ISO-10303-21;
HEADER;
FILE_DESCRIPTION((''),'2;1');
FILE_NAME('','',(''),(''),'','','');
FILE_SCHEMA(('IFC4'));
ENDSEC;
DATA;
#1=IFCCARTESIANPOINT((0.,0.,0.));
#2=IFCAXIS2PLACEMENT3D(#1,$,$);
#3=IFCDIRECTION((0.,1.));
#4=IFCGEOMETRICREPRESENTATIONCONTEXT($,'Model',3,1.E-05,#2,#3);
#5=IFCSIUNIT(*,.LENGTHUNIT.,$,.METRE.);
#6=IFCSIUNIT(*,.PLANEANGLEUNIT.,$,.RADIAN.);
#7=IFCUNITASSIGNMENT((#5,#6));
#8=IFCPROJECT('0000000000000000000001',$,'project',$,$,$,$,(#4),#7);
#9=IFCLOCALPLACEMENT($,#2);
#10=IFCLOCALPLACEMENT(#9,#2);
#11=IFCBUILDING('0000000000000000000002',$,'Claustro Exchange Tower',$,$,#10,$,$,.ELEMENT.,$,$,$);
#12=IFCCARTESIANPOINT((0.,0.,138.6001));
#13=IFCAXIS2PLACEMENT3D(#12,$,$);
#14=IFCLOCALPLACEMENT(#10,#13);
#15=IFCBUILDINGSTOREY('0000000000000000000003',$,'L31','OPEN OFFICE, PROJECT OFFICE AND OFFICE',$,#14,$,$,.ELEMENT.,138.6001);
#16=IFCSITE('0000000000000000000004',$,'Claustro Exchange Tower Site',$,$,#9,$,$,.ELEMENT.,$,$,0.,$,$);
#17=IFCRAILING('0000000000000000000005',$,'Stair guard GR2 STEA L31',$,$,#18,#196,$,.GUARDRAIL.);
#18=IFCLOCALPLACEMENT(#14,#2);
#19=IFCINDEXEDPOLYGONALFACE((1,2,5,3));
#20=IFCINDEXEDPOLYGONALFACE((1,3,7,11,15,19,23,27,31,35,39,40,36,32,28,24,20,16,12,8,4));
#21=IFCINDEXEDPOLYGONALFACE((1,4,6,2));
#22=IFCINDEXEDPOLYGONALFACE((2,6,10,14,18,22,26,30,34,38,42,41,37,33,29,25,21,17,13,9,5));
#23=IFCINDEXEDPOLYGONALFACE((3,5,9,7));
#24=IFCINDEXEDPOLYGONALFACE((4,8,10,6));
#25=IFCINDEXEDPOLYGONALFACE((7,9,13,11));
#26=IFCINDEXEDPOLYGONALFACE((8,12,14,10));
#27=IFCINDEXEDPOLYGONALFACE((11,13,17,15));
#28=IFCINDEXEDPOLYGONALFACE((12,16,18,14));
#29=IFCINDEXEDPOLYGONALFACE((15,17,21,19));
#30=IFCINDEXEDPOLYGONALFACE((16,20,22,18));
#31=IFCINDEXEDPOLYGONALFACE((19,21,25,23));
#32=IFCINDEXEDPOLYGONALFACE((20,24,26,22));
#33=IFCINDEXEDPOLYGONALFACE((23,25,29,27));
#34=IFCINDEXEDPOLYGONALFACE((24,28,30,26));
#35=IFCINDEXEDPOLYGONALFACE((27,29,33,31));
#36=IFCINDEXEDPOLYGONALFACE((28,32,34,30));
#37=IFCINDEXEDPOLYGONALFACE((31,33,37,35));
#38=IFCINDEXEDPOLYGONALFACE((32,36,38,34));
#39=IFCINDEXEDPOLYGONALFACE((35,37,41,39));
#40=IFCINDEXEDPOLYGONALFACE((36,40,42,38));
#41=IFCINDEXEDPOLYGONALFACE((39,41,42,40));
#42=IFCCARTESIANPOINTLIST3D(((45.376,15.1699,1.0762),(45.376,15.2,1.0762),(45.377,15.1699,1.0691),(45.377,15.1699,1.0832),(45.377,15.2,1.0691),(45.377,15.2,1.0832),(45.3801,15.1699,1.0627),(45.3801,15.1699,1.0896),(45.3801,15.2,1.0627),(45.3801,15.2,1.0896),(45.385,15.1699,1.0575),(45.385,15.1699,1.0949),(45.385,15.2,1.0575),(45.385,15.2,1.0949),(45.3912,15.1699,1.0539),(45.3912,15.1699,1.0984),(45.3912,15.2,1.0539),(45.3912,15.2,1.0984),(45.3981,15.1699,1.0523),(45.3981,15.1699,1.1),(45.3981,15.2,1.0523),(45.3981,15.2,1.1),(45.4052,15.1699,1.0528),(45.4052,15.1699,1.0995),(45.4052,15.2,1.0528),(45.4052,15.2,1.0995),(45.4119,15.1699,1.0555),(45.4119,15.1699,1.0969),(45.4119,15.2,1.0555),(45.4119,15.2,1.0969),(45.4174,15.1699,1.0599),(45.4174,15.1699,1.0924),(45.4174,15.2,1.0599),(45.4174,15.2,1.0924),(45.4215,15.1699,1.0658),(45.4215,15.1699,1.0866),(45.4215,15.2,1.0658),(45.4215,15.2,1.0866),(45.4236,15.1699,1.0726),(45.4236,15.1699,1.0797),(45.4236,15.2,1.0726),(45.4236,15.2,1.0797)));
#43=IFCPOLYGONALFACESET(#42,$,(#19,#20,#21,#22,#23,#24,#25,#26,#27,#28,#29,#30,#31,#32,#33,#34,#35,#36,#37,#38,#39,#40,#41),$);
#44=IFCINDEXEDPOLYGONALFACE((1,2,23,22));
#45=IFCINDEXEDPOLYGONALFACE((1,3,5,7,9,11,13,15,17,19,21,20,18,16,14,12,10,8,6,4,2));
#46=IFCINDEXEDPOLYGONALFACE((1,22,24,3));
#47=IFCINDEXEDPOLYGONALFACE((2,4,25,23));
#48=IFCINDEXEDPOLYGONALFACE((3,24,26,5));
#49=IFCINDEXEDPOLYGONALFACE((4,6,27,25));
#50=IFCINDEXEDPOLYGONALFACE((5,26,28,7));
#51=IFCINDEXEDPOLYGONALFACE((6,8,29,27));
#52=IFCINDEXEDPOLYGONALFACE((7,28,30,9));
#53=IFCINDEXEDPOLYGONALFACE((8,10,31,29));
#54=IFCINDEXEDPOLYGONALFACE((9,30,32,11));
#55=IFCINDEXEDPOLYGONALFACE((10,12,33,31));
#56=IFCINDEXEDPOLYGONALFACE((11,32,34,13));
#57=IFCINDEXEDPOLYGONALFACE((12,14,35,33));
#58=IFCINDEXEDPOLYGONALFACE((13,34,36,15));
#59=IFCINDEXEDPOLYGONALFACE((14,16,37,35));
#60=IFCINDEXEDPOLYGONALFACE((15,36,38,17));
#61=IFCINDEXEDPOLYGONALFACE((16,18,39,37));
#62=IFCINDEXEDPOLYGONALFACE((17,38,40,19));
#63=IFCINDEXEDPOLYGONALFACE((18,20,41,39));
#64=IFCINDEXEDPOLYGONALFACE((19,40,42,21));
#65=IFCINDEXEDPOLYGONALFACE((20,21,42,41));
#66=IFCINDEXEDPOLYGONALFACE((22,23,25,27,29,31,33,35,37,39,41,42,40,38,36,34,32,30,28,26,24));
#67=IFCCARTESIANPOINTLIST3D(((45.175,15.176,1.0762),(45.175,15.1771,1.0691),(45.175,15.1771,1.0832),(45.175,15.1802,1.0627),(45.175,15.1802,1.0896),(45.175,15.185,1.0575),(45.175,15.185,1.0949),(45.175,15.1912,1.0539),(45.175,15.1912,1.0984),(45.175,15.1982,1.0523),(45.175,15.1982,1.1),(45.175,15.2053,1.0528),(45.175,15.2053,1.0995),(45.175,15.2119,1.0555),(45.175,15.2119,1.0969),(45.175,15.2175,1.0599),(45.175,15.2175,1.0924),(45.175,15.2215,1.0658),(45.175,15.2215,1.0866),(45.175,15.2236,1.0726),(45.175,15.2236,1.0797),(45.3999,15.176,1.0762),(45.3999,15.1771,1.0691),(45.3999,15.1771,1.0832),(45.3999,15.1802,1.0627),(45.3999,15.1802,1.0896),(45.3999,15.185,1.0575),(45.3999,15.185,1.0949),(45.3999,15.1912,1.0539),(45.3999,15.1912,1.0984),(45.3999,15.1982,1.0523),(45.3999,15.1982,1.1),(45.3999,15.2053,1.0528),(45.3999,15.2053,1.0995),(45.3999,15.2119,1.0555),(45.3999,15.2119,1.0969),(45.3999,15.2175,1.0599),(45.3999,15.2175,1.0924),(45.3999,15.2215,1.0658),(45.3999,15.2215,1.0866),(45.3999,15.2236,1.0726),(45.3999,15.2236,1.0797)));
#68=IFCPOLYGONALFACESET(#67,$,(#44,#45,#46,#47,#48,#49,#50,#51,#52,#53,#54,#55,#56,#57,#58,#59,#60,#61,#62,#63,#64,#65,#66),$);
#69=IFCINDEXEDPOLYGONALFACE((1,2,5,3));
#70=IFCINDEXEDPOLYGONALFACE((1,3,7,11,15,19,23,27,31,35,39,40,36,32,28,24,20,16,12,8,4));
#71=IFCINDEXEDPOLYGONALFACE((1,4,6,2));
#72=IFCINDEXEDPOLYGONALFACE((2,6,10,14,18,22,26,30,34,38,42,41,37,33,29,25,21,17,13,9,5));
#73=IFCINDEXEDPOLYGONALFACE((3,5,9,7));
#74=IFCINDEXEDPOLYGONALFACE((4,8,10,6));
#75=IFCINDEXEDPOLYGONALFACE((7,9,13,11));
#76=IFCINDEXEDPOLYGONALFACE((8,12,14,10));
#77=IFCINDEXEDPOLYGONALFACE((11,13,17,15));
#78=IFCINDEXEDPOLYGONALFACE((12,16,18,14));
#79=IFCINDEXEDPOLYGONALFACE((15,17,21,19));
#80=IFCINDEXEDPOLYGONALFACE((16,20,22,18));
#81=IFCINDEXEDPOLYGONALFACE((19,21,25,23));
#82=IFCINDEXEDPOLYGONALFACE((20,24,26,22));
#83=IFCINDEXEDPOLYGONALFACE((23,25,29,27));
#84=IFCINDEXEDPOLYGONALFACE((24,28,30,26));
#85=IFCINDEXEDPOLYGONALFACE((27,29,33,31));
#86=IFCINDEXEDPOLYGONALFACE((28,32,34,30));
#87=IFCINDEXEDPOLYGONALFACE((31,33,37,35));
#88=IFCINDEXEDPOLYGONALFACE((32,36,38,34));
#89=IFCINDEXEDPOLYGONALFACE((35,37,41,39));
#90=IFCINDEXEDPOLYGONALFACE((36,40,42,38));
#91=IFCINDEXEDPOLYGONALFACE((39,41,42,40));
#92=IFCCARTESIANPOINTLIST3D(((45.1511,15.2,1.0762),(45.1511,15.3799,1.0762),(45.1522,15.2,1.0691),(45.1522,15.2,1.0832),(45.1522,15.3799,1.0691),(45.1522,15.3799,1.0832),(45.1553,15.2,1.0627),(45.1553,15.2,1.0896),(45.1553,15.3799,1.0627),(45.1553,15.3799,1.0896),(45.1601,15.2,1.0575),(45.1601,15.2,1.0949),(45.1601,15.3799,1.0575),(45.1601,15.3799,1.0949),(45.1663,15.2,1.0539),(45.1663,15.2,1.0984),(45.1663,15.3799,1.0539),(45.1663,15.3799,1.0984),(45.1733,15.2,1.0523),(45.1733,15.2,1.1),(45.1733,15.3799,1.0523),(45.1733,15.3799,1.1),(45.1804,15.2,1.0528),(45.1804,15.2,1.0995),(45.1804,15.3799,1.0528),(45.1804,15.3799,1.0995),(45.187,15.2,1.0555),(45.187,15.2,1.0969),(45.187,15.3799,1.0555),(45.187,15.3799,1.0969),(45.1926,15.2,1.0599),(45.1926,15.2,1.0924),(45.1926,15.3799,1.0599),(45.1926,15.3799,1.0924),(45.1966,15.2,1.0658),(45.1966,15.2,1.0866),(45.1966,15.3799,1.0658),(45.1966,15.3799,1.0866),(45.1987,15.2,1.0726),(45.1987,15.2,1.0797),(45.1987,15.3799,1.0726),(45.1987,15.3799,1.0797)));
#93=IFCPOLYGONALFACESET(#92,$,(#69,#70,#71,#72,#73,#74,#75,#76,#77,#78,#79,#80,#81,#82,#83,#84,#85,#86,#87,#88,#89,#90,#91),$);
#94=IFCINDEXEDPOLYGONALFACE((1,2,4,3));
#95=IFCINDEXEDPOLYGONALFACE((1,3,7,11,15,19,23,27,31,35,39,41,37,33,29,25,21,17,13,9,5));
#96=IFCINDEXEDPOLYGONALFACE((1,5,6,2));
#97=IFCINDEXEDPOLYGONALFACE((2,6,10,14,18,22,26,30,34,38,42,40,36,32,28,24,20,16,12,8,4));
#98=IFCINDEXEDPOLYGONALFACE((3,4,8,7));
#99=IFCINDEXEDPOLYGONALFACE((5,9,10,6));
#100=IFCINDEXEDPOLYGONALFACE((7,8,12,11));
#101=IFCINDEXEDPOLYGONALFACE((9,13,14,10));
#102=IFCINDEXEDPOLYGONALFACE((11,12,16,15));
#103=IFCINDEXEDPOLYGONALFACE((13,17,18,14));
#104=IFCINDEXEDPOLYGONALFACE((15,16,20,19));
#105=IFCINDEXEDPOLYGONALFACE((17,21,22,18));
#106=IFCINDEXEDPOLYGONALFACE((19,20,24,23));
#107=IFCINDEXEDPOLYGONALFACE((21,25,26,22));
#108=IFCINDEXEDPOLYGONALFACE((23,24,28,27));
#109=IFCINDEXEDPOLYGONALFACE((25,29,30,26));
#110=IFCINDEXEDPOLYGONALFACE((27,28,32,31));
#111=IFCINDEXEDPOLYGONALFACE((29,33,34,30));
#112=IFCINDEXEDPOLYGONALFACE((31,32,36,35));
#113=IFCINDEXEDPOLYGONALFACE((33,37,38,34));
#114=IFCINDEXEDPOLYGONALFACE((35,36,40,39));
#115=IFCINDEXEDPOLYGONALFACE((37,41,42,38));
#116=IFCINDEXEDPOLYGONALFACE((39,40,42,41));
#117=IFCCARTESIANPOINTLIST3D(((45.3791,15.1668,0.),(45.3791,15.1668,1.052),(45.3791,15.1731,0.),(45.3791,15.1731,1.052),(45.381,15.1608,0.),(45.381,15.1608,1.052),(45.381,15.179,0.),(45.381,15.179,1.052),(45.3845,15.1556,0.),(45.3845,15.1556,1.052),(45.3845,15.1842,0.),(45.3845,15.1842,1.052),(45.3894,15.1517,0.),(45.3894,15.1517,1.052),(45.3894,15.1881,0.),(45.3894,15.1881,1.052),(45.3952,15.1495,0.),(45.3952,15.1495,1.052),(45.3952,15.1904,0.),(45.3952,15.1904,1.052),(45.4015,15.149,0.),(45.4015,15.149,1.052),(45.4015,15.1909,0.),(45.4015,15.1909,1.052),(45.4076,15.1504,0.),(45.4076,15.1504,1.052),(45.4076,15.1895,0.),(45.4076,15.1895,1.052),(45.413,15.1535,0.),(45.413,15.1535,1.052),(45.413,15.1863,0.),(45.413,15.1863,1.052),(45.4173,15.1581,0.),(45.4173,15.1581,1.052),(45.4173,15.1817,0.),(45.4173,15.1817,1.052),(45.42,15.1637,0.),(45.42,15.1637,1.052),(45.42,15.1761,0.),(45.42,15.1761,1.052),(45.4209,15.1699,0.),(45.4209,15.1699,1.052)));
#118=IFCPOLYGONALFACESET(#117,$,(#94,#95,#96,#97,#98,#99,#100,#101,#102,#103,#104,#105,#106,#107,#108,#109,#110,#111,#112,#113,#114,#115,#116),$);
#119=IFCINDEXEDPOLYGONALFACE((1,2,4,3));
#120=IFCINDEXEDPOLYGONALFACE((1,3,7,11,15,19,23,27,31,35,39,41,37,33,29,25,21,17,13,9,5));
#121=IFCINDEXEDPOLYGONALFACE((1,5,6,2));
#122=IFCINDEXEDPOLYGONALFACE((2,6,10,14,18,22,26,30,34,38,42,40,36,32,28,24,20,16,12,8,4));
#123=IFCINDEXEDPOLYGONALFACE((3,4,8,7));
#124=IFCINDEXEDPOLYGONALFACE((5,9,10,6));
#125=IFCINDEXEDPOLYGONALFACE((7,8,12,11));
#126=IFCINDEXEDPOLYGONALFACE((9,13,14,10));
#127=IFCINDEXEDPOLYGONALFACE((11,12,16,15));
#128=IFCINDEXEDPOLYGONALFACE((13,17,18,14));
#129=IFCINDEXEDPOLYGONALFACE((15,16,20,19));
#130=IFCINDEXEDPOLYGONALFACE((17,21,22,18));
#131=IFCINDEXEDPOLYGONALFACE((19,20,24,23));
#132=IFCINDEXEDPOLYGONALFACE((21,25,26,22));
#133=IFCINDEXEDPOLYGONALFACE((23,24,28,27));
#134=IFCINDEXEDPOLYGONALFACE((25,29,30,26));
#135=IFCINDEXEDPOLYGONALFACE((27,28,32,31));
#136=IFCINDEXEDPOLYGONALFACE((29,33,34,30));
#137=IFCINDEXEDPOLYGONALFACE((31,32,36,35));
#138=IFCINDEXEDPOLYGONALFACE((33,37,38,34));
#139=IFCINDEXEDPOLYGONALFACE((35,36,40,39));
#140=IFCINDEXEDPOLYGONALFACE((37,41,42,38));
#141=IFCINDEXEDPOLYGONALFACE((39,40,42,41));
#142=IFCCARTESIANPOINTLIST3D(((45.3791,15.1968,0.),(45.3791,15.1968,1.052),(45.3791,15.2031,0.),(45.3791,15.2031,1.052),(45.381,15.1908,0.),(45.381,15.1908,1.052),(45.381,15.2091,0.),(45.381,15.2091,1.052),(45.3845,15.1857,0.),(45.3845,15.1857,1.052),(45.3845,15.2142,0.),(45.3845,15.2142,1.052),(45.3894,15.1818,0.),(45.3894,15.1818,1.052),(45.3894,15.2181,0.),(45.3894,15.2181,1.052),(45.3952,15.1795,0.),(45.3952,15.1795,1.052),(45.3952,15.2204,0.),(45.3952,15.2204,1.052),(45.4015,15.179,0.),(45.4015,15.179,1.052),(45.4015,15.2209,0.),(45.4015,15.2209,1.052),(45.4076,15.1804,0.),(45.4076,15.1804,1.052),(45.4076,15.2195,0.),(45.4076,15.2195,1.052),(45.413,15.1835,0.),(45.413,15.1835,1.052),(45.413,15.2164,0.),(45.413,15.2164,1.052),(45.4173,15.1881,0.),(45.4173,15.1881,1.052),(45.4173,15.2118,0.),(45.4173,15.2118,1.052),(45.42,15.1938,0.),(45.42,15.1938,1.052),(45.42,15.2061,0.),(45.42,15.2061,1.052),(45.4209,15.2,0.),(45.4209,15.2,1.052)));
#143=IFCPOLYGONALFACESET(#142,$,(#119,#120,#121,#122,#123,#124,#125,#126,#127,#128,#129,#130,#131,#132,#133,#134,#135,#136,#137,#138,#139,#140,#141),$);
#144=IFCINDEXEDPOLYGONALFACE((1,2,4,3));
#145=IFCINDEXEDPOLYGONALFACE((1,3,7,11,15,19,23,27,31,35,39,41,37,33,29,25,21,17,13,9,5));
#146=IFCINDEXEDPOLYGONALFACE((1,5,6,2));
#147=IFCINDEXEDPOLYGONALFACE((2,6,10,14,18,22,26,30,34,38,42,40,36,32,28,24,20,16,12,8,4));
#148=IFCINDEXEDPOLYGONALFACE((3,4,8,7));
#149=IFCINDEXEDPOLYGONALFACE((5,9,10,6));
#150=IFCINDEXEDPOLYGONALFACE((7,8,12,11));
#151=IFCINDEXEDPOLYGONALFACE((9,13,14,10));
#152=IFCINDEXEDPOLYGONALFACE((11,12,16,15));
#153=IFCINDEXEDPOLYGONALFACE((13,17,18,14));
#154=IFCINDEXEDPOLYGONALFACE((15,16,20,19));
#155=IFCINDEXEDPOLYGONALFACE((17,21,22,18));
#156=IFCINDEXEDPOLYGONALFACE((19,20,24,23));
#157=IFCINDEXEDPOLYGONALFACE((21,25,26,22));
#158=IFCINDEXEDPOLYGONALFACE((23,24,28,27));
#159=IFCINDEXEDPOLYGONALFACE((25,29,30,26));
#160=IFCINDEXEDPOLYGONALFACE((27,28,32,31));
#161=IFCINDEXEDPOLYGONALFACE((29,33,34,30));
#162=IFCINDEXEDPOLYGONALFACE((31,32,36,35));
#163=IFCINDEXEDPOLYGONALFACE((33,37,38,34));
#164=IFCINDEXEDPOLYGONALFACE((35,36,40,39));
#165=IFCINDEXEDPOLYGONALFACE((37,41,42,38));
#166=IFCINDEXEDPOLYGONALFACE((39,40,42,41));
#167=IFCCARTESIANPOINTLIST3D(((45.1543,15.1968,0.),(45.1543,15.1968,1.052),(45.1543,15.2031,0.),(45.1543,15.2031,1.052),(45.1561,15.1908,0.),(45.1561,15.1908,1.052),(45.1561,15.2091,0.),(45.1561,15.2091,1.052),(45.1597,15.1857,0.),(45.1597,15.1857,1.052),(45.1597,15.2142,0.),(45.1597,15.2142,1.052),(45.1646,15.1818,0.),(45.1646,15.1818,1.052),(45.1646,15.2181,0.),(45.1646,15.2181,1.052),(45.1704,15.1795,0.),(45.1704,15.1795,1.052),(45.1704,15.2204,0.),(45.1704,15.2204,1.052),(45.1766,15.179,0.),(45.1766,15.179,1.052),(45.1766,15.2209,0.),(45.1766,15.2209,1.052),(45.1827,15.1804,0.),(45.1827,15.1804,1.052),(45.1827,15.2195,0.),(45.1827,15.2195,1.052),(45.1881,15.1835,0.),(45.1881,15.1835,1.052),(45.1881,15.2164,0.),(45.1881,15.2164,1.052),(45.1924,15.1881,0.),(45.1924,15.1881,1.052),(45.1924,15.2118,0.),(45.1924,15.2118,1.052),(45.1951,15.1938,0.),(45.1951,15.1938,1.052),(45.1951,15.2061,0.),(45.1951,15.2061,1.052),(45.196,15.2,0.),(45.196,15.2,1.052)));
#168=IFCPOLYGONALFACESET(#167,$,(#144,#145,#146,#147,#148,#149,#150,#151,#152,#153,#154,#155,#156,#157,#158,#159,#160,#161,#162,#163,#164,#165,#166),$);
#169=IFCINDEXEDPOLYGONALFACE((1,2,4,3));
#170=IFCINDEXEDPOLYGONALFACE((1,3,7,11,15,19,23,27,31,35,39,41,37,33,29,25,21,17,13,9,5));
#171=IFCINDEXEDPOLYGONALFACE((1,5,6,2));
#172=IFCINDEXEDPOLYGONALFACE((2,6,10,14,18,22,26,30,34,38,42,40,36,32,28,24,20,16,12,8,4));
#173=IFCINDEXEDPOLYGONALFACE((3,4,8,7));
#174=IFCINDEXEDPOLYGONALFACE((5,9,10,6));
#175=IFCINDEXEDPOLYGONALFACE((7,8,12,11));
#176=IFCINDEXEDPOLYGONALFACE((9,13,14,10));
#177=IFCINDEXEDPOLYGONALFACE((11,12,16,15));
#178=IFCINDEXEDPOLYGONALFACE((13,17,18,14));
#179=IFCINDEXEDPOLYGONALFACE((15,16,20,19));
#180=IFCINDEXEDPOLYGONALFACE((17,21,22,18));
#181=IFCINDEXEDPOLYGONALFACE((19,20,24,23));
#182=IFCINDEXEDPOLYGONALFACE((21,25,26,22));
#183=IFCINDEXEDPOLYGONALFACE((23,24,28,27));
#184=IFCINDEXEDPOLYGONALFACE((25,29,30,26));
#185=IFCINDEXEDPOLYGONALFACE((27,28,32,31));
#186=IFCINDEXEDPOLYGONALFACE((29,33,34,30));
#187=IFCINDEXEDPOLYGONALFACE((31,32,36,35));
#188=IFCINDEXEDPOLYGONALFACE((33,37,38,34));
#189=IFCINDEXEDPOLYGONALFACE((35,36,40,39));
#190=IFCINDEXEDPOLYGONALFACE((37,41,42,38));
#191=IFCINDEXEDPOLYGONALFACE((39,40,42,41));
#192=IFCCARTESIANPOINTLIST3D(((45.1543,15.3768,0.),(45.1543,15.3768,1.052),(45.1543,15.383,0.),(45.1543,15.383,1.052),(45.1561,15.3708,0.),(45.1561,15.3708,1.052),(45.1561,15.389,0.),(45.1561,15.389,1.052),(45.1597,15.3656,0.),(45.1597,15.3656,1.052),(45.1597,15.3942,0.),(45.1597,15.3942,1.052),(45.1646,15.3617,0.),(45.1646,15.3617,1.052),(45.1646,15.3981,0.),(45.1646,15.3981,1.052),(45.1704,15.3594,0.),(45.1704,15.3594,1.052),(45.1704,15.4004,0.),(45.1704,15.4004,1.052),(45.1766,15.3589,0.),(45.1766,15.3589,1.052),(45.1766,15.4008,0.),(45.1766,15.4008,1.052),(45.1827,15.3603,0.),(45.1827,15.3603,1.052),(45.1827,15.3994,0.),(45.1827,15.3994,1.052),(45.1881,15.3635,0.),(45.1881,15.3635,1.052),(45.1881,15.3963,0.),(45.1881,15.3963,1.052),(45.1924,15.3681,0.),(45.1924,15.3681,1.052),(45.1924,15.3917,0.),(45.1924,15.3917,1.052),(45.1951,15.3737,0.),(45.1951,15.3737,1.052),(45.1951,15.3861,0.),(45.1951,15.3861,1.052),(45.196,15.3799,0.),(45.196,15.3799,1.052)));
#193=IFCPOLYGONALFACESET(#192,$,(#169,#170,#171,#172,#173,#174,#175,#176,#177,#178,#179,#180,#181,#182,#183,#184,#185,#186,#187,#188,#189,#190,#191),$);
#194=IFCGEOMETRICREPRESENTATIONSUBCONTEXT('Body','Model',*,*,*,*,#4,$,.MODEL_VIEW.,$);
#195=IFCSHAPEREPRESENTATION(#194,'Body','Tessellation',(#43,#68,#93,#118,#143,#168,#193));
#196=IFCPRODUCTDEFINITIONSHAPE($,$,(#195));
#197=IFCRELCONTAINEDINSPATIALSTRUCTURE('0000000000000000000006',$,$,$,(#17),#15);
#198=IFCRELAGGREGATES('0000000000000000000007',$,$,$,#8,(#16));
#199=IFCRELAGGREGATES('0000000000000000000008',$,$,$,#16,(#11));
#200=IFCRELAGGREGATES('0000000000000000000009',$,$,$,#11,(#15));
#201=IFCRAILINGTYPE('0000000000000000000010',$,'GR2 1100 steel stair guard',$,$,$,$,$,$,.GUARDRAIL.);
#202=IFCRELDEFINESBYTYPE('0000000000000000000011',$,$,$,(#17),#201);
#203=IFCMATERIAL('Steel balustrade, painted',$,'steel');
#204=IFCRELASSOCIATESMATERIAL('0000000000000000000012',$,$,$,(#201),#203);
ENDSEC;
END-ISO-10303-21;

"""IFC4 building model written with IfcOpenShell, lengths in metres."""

from ifc_helpers import new_model, si_unit, direction, frame, origin, origin_2d, place, context, subcontext, project, spatial, circle, extrude, material, type_object, element, save


model = new_model("IFC4")

# Units and contexts
model_context = context("Model", 3, precision=1e-05, world=origin(), true_north=direction((0.0, 1.0)))
body_context = subcontext(model_context, "Body", "Model", "MODEL_VIEW")
ifc_project = project(units=[si_unit("LENGTHUNIT", "METRE"), si_unit("PLANEANGLEUNIT", "RADIAN")], contexts=[model_context])

# Site, building, storey
site_placement = place(None, origin())
site = spatial("IfcSite", under=ifc_project, at=site_placement, Name="Claustro Exchange Tower Site", CompositionType="ELEMENT", RefElevation=0.0)
building_placement = place(site_placement, origin())
building = spatial("IfcBuilding", under=site, at=building_placement, Name="Claustro Exchange Tower", CompositionType="ELEMENT")
storey_placement = place(building_placement, frame((0.0, 0.0, 138.6001)))
storey = spatial("IfcBuildingStorey", under=building, at=storey_placement, Name="L31", Description="OPEN OFFICE, PROJECT OFFICE AND OFFICE", CompositionType="ELEMENT", Elevation=138.6001)

# Railing
ifc_material_1 = material(Name="Steel balustrade, painted", Category="steel")
railing_type_1 = type_object("IfcRailingType", Name="GR2 1100 steel stair guard", PredefinedType="GUARDRAIL", material=ifc_material_1)
railing_1_placement = place(storey_placement, frame((45.3999, 15.1699, 0.0)))
element("IfcRailing", 1, at=railing_1_placement, inside=storey, type_object=railing_type_1, Name="Stair guard GR2 STEA L31", PredefinedType="GUARDRAIL", context=body_context, shape_type="SweptSolid", body=[
    extrude(circle(Radius=0.0239, at=origin_2d()), frame((0.0, 0.0, 1.0762), z_axis=(0.0, 1.0, 0.0), x_axis=(-1.0, 0.0, 0.0)), (0.0, 0.0, 1.0), 0.03),
    extrude(circle(Radius=0.0239, at=origin_2d()), frame((0.0, 0.03, 1.0762), z_axis=(-1.0, 0.0, 0.0), x_axis=(0.0, -1.0, 0.0)), (0.0, 0.0, 1.0), 0.2249),
    extrude(circle(Radius=0.0239, at=origin_2d()), frame((-0.2249, 0.03, 1.0762), z_axis=(0.0, 1.0, 0.0), x_axis=(-1.0, 0.0, 0.0)), (0.0, 0.0, 1.0), 0.1799),
    extrude(circle(Radius=0.021, at=origin_2d()), origin(), (0.0, 0.0, 1.0), 1.052),
    extrude(circle(Radius=0.021, at=origin_2d()), frame((0.0, 0.03, 0.0)), (0.0, 0.0, 1.0), 1.052),
    extrude(circle(Radius=0.021, at=origin_2d()), frame((-0.2249, 0.03, 0.0)), (0.0, 0.0, 1.0), 1.052),
    extrude(circle(Radius=0.021, at=origin_2d()), frame((-0.2249, 0.21, 0.0)), (0.0, 0.0, 1.0), 1.052),
])

save(model, "model.ifc")
